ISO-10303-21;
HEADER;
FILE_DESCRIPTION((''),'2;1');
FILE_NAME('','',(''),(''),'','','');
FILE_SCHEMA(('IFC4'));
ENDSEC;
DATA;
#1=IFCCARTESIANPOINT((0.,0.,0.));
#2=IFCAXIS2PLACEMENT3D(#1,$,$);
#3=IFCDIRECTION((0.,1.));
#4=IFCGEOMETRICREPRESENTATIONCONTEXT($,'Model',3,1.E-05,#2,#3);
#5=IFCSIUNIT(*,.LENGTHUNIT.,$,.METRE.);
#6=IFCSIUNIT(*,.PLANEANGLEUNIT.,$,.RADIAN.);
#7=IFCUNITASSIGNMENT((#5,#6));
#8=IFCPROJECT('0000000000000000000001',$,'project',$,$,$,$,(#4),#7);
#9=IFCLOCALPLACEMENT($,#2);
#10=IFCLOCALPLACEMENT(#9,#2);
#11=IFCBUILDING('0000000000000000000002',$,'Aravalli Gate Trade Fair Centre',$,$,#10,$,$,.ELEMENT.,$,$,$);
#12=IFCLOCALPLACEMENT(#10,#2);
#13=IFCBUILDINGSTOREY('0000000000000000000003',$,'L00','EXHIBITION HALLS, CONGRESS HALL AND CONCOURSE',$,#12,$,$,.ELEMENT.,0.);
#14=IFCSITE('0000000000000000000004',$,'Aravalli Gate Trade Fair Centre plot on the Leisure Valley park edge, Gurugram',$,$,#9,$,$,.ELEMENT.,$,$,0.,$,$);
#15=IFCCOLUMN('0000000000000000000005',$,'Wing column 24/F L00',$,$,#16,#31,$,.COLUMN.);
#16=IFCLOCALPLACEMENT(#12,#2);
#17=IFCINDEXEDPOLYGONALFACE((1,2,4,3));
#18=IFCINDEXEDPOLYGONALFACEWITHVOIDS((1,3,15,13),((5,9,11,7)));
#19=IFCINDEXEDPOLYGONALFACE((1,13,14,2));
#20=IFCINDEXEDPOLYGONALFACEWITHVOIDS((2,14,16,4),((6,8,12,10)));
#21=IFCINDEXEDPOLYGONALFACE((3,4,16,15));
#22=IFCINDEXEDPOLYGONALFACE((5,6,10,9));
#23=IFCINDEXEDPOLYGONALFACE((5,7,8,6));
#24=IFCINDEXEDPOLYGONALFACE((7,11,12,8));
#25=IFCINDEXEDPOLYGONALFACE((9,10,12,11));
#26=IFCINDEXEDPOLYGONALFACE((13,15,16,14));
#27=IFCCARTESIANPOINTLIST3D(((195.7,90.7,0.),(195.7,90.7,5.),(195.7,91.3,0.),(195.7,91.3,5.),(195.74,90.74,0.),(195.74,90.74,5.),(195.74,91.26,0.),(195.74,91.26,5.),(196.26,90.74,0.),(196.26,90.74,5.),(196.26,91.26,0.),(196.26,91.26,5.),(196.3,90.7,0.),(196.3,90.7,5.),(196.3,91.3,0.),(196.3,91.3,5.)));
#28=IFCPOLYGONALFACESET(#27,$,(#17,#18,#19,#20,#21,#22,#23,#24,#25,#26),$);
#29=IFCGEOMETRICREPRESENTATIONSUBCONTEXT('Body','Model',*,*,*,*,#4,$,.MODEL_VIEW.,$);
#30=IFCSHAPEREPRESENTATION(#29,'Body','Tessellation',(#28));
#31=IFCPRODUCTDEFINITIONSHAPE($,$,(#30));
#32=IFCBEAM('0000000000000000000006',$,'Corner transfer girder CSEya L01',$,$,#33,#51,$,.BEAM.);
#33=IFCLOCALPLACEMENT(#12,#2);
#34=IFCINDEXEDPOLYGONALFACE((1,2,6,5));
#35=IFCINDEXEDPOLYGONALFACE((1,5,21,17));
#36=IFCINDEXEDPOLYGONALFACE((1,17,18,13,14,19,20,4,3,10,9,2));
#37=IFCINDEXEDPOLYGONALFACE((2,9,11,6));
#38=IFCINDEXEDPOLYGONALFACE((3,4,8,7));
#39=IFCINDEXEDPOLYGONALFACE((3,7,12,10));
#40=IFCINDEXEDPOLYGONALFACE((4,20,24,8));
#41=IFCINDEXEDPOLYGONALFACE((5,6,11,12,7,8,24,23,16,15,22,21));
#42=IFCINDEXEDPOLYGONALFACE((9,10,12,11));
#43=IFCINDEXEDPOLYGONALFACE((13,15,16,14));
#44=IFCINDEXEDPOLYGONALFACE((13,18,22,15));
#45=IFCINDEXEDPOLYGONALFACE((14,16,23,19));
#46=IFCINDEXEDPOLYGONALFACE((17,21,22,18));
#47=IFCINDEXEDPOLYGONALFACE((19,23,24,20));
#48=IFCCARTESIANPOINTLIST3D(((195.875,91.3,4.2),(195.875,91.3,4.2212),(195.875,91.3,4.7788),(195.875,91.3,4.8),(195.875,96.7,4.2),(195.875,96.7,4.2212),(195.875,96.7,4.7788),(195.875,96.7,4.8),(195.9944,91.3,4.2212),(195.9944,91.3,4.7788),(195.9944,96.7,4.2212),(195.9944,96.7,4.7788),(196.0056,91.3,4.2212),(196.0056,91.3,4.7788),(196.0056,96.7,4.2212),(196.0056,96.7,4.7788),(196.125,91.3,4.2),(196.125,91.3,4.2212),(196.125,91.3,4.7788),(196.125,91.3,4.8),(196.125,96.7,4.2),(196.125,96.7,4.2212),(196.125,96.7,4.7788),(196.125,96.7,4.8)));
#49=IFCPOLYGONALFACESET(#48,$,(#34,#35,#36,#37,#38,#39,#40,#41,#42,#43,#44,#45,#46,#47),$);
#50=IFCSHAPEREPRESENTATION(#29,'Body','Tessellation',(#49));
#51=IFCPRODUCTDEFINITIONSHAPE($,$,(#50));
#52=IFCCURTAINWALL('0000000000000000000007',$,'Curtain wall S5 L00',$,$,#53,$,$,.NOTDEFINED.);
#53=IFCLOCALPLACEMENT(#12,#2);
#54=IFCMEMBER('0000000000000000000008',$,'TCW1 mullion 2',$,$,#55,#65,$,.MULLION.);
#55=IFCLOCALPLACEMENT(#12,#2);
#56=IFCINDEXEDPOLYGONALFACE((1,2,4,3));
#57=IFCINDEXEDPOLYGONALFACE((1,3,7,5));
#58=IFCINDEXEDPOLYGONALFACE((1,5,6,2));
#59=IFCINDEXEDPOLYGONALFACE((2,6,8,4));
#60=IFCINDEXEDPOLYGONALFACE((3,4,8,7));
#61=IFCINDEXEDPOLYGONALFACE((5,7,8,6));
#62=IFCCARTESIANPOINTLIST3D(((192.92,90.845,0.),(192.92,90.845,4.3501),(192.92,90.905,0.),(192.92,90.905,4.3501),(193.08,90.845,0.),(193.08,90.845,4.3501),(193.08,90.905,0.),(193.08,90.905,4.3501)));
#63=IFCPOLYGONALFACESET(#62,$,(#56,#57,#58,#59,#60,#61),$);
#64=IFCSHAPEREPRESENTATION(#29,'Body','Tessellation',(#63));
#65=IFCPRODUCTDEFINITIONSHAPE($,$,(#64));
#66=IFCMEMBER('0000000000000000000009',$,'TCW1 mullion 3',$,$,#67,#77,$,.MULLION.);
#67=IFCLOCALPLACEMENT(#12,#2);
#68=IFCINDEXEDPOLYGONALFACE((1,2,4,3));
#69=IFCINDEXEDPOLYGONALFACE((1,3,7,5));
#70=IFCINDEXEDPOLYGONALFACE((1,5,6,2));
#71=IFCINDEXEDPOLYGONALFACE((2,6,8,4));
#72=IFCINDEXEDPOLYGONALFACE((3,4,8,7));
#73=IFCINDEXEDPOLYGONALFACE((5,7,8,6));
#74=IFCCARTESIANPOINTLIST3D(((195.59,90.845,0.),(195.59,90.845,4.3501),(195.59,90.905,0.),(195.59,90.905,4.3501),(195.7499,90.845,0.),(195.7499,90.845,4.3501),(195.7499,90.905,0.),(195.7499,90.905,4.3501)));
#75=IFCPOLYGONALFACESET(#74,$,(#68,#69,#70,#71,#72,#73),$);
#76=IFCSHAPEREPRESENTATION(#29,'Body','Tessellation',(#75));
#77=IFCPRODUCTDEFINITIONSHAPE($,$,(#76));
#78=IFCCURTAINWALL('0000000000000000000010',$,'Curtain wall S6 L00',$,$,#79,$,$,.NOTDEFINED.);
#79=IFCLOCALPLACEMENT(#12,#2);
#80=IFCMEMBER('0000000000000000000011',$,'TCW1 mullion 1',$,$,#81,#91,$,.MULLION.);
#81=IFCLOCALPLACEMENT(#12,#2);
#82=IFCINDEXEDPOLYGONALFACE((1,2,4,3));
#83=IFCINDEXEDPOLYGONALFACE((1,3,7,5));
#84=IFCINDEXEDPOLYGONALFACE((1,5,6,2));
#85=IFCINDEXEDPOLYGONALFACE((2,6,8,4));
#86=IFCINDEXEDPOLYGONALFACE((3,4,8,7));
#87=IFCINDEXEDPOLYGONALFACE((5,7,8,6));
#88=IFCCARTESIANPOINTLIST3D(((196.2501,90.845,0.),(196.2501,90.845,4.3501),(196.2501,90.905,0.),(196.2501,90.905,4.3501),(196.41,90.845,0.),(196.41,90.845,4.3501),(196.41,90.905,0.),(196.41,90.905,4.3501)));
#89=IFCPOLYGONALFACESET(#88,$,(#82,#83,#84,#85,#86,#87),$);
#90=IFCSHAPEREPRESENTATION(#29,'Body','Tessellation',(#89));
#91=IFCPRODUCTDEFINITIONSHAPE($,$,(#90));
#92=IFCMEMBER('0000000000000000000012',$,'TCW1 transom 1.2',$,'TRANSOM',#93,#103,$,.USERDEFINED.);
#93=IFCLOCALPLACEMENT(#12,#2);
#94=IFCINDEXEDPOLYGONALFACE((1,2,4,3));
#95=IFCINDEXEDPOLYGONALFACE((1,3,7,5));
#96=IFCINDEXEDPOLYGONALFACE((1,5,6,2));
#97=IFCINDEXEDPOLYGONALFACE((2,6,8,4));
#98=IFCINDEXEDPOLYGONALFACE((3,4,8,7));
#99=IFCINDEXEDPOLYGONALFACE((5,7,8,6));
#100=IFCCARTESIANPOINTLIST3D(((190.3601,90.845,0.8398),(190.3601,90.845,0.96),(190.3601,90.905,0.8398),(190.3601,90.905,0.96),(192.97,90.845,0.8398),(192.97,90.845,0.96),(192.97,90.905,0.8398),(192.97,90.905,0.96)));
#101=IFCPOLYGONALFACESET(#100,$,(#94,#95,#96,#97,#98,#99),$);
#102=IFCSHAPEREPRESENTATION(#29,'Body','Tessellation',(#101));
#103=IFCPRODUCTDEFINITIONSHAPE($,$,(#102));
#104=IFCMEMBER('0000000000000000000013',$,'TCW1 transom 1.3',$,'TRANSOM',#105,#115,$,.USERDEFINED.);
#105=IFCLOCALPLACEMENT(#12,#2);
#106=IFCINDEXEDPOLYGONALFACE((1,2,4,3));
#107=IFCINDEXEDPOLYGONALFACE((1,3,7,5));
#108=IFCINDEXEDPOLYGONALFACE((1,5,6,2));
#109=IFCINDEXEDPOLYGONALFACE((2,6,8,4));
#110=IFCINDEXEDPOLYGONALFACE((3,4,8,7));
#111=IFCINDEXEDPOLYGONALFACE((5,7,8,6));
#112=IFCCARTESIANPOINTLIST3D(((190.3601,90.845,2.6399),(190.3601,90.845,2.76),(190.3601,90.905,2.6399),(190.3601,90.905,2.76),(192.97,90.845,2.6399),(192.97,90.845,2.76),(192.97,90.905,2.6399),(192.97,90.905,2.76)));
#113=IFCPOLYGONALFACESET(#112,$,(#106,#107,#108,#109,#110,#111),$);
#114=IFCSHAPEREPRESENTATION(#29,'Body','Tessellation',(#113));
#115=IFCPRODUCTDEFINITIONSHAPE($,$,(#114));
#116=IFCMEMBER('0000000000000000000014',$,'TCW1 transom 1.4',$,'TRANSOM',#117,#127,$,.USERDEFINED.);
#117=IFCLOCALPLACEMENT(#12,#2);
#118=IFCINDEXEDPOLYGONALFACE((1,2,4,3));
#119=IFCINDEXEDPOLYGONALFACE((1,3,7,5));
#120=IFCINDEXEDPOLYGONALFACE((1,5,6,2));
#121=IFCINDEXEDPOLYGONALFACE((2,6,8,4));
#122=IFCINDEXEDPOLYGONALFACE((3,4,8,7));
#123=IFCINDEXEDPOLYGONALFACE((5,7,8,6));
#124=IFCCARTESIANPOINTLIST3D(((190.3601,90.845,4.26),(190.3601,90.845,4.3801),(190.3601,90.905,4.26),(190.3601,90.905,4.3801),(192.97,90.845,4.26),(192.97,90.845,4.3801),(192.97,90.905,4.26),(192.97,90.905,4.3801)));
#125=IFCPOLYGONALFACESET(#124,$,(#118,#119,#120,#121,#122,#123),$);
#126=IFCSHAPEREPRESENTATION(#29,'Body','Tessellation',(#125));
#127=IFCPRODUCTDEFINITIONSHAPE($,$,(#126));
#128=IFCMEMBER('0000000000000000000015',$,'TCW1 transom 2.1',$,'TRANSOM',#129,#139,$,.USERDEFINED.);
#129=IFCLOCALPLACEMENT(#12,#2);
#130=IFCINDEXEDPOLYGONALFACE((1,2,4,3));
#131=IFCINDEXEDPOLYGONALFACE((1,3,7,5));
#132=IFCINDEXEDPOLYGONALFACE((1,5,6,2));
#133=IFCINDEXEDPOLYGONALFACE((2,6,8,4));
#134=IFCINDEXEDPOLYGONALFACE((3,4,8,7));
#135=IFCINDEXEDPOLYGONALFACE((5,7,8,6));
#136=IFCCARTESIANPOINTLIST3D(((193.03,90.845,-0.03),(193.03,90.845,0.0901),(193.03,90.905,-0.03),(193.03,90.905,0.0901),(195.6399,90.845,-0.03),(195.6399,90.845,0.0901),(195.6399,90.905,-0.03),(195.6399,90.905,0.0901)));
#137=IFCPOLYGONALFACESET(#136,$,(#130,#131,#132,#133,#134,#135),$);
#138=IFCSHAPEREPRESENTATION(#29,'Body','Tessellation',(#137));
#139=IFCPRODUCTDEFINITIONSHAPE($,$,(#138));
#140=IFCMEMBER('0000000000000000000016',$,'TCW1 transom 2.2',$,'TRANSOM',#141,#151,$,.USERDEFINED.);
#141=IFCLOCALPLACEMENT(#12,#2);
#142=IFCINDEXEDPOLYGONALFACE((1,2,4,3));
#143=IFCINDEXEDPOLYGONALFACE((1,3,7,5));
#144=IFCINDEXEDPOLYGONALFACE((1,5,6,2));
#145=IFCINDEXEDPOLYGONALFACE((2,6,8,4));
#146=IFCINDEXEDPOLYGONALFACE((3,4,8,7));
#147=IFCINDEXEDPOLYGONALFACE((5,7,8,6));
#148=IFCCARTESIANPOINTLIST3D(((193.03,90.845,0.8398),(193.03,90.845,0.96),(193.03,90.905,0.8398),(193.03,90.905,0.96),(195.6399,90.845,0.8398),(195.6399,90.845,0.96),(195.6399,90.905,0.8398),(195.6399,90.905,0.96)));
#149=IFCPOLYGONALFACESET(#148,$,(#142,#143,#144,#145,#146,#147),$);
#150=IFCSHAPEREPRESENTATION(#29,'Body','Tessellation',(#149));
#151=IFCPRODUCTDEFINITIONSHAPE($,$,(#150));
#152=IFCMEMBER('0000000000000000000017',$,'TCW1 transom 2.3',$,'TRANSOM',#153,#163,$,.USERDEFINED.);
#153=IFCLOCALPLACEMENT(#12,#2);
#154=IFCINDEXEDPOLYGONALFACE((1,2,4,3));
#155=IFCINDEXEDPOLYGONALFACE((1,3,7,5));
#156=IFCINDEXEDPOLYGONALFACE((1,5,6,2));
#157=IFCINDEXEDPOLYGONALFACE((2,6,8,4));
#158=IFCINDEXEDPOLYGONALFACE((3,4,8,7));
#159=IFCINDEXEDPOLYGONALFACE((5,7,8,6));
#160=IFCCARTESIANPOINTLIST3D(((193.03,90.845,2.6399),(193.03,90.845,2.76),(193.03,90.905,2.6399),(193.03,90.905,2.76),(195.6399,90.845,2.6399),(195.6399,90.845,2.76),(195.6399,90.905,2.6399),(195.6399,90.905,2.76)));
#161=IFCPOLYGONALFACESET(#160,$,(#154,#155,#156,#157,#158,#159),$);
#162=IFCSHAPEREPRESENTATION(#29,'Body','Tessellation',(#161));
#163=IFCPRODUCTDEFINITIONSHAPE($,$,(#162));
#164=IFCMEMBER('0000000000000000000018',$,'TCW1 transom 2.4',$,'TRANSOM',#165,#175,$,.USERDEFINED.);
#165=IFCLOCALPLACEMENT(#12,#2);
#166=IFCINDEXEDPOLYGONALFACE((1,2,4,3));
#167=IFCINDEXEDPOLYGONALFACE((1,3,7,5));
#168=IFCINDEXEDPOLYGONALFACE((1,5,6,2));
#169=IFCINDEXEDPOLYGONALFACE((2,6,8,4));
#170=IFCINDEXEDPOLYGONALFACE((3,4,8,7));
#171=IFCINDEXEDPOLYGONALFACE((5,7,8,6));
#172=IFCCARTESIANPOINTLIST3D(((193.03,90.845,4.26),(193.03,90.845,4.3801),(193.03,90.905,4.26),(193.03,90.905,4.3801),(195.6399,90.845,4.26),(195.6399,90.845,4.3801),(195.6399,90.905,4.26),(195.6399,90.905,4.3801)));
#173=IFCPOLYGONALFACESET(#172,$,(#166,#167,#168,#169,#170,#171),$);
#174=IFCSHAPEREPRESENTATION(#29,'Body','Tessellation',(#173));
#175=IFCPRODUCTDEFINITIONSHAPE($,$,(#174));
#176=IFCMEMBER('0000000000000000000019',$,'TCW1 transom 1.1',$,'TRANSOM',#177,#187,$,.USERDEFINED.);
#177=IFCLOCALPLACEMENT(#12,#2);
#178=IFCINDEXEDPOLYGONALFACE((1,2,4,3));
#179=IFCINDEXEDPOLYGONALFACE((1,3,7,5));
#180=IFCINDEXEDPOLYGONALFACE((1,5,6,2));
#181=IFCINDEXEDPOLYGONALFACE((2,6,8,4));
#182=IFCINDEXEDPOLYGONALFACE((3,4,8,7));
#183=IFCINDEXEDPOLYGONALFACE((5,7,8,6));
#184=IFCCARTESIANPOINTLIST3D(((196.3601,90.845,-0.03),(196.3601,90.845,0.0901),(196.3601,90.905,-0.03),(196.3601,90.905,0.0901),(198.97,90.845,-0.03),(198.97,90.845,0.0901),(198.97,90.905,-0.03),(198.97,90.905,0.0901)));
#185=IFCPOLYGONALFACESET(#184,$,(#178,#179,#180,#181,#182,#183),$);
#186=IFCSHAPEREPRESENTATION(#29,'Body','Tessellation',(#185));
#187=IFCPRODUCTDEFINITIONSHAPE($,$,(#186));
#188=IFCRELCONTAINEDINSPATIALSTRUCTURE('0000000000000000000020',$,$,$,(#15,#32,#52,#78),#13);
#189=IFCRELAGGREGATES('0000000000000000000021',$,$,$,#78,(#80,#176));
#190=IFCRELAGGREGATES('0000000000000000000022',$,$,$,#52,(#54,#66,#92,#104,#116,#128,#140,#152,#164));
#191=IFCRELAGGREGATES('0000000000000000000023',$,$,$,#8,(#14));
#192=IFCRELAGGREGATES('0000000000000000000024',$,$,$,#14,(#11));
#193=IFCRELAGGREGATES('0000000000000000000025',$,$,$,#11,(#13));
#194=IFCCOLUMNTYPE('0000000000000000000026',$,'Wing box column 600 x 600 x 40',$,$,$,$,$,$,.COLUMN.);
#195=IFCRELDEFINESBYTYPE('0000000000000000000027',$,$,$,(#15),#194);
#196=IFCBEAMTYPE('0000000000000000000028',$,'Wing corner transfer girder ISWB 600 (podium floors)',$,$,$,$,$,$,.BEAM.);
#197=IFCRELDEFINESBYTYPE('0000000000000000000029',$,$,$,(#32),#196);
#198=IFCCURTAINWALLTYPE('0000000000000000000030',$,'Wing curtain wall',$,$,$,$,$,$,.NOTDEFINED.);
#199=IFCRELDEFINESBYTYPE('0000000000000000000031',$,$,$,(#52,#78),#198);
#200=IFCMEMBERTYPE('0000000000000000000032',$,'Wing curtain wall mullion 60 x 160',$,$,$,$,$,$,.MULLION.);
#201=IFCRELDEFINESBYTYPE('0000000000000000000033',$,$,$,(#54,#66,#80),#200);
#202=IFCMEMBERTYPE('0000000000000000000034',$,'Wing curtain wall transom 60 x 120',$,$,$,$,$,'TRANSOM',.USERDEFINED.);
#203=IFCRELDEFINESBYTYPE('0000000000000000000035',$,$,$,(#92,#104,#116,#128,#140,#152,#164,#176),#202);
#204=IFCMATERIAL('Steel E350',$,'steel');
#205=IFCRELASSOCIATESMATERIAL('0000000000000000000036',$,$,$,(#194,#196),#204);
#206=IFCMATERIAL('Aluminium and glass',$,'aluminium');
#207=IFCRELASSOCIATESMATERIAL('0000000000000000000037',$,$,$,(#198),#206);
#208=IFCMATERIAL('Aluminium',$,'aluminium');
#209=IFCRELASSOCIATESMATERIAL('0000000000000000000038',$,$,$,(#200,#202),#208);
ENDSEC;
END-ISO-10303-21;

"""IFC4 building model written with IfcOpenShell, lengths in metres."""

from ifc_helpers import new_model, si_unit, direction, frame, origin, origin_2d, place, context, subcontext, project, spatial, rectangle, hollow_rectangle, i_section, extrude, material, material_profile, profile_set, type_object, element, aggregate, save


model = new_model("IFC4")

# Units and contexts
model_context = context("Model", 3, precision=1e-05, world=origin(), true_north=direction((0.0, 1.0)))
body_context = subcontext(model_context, "Body", "Model", "MODEL_VIEW")
ifc_project = project(units=[si_unit("LENGTHUNIT", "METRE"), si_unit("PLANEANGLEUNIT", "RADIAN")], contexts=[model_context])

# Site, building, storey
site_placement = place(None, origin())
site = spatial("IfcSite", under=ifc_project, at=site_placement, Name="Aravalli Gate Trade Fair Centre plot on the Leisure Valley park edge, Gurugram", CompositionType="ELEMENT", RefElevation=0.0)
building_placement = place(site_placement, origin())
building = spatial("IfcBuilding", under=site, at=building_placement, Name="Aravalli Gate Trade Fair Centre", CompositionType="ELEMENT")
storey_placement = place(building_placement, origin())
storey = spatial("IfcBuildingStorey", under=building, at=storey_placement, Name="L00", Description="EXHIBITION HALLS, CONGRESS HALL AND CONCOURSE", CompositionType="ELEMENT", Elevation=0.0)

# Column
ifc_material_1 = material(Name="Steel E350", Category="steel")
ifc_material_profile_1 = material_profile(ifc_material_1, hollow_rectangle(XDim=0.6001, YDim=0.6001, WallThickness=0.04, at=origin_2d()), Name="BOX 600x600x40")
ifc_profile_set_1 = profile_set([ifc_material_profile_1], Name="Steel E350")
column_type = type_object("IfcColumnType", Name="Wing box column 600 x 600 x 40", PredefinedType="COLUMN", material=ifc_profile_set_1)
column_placement = place(storey_placement, frame((196.0, 91.0, 0.0), z_axis=(0.0, 0.0, 1.0), x_axis=(1.0, 0.0, 0.0)))
element("IfcColumn", 1, at=column_placement, inside=storey, type_object=column_type, Name="Wing column 24/F L00", PredefinedType="COLUMN", context=body_context, shape_type="SweptSolid", body=[
    extrude(hollow_rectangle(XDim=0.6001, YDim=0.6001, WallThickness=0.04, at=origin_2d()), origin(), (0.0, 0.0, 1.0), 5.0),
])

# Beam
ifc_material_profile_2 = material_profile(ifc_material_1, i_section(OverallWidth=0.25, OverallDepth=0.6001, WebThickness=0.0112, FlangeThickness=0.0212, at=origin_2d()), Name="ISWB 600")
ifc_profile_set_2 = profile_set([ifc_material_profile_2], Name="Steel E350")
beam_type_1 = type_object("IfcBeamType", Name="Wing corner transfer girder ISWB 600 (podium floors)", PredefinedType="BEAM", material=ifc_profile_set_2)
beam_1_placement = place(storey_placement, frame((196.0, 91.3, 4.5), z_axis=(0.0, 1.0, 0.0), x_axis=(-1.0, 0.0, 0.0)))
element("IfcBeam", 2, at=beam_1_placement, inside=storey, type_object=beam_type_1, Name="Corner transfer girder CSEya L01", PredefinedType="BEAM", context=body_context, shape_type="SweptSolid", body=[
    extrude(i_section(OverallWidth=0.25, OverallDepth=0.6001, WebThickness=0.0112, FlangeThickness=0.0212, at=origin_2d()), origin(), (0.0, 0.0, 1.0), 5.3999),
])

# Curtain wall, members
ifc_material_2 = material(Name="Aluminium and glass", Category="aluminium")
curtain_wall_type = type_object("IfcCurtainWallType", Name="Wing curtain wall", PredefinedType="NOTDEFINED", material=ifc_material_2)
curtain_wall_1_placement = place(storey_placement, origin())
curtain_wall_1 = element("IfcCurtainWall", 3, at=curtain_wall_1_placement, inside=storey, type_object=curtain_wall_type, Name="Curtain wall S5 L00", PredefinedType="NOTDEFINED")
ifc_material_3 = material(Name="Aluminium", Category="aluminium")
ifc_material_profile_3 = material_profile(ifc_material_3, rectangle(XDim=0.0601, YDim=0.1599, at=origin_2d()), Name="Wing curtain wall mullion 60 x 160")
ifc_profile_set_3 = profile_set([ifc_material_profile_3], Name="Aluminium")
member_type_1 = type_object("IfcMemberType", Name="Wing curtain wall mullion 60 x 160", PredefinedType="MULLION", material=ifc_profile_set_3)
member_1_placement = place(storey_placement, frame((193.0, 90.875, 0.0), z_axis=(0.0, 0.0, 1.0), x_axis=(0.0, 1.0, 0.0)))
member_1 = element("IfcMember", 4, at=member_1_placement, type_object=member_type_1, Name="TCW1 mullion 2", PredefinedType="MULLION", context=body_context, shape_type="SweptSolid", body=[
    extrude(rectangle(XDim=0.0601, YDim=0.1599, at=origin_2d()), origin(), (0.0, 0.0, 1.0), 4.3501),
])
member_2_placement = place(storey_placement, frame((195.6699, 90.875, 0.0), z_axis=(0.0, 0.0, 1.0), x_axis=(0.0, 1.0, 0.0)))
member_2 = element("IfcMember", 5, at=member_2_placement, type_object=member_type_1, Name="TCW1 mullion 3", PredefinedType="MULLION", context=body_context, shape_type="SweptSolid", body=[
    extrude(rectangle(XDim=0.0601, YDim=0.1599, at=origin_2d()), origin(), (0.0, 0.0, 1.0), 4.3501),
])

# Curtain wall, member
curtain_wall_2_placement = place(storey_placement, origin())
curtain_wall_2 = element("IfcCurtainWall", 6, at=curtain_wall_2_placement, inside=storey, type_object=curtain_wall_type, Name="Curtain wall S6 L00", PredefinedType="NOTDEFINED")
member_3_placement = place(storey_placement, frame((196.3301, 90.875, 0.0), z_axis=(0.0, 0.0, 1.0), x_axis=(0.0, 1.0, 0.0)))
member_3 = element("IfcMember", 7, at=member_3_placement, type_object=member_type_1, Name="TCW1 mullion 1", PredefinedType="MULLION", context=body_context, shape_type="SweptSolid", body=[
    extrude(rectangle(XDim=0.0601, YDim=0.1599, at=origin_2d()), origin(), (0.0, 0.0, 1.0), 4.3501),
])

# Members
ifc_material_profile_4 = material_profile(ifc_material_3, rectangle(XDim=0.0601, YDim=0.1201, at=origin_2d()), Name="Wing curtain wall transom 60 x 120")
ifc_profile_set_4 = profile_set([ifc_material_profile_4], Name="Aluminium")
member_type_2 = type_object("IfcMemberType", Name="Wing curtain wall transom 60 x 120", ElementType="TRANSOM", PredefinedType="USERDEFINED", material=ifc_profile_set_4)
member_4_placement = place(storey_placement, frame((190.3601, 90.875, 0.8999), z_axis=(1.0, 0.0, 0.0), x_axis=(0.0, 1.0, 0.0)))
member_4 = element("IfcMember", 8, at=member_4_placement, type_object=member_type_2, Name="TCW1 transom 1.2", ObjectType="TRANSOM", PredefinedType="USERDEFINED", context=body_context, shape_type="SweptSolid", body=[
    extrude(rectangle(XDim=0.0601, YDim=0.1201, at=origin_2d()), origin(), (0.0, 0.0, 1.0), 2.6099),
])
member_5_placement = place(storey_placement, frame((190.3601, 90.875, 2.7), z_axis=(1.0, 0.0, 0.0), x_axis=(0.0, 1.0, 0.0)))
member_5 = element("IfcMember", 9, at=member_5_placement, type_object=member_type_2, Name="TCW1 transom 1.3", ObjectType="TRANSOM", PredefinedType="USERDEFINED", context=body_context, shape_type="SweptSolid", body=[
    extrude(rectangle(XDim=0.0601, YDim=0.1201, at=origin_2d()), origin(), (0.0, 0.0, 1.0), 2.6099),
])
member_6_placement = place(storey_placement, frame((190.3601, 90.875, 4.3201), z_axis=(1.0, 0.0, 0.0), x_axis=(0.0, 1.0, 0.0)))
member_6 = element("IfcMember", 10, at=member_6_placement, type_object=member_type_2, Name="TCW1 transom 1.4", ObjectType="TRANSOM", PredefinedType="USERDEFINED", context=body_context, shape_type="SweptSolid", body=[
    extrude(rectangle(XDim=0.0601, YDim=0.1201, at=origin_2d()), origin(), (0.0, 0.0, 1.0), 2.6099),
])
member_7_placement = place(storey_placement, frame((193.03, 90.875, 0.03), z_axis=(1.0, 0.0, 0.0), x_axis=(0.0, 1.0, 0.0)))
member_7 = element("IfcMember", 11, at=member_7_placement, type_object=member_type_2, Name="TCW1 transom 2.1", ObjectType="TRANSOM", PredefinedType="USERDEFINED", context=body_context, shape_type="SweptSolid", body=[
    extrude(rectangle(XDim=0.0601, YDim=0.1201, at=origin_2d()), origin(), (0.0, 0.0, 1.0), 2.6099),
])
member_8_placement = place(storey_placement, frame((193.03, 90.875, 0.8999), z_axis=(1.0, 0.0, 0.0), x_axis=(0.0, 1.0, 0.0)))
member_8 = element("IfcMember", 12, at=member_8_placement, type_object=member_type_2, Name="TCW1 transom 2.2", ObjectType="TRANSOM", PredefinedType="USERDEFINED", context=body_context, shape_type="SweptSolid", body=[
    extrude(rectangle(XDim=0.0601, YDim=0.1201, at=origin_2d()), origin(), (0.0, 0.0, 1.0), 2.6099),
])
member_9_placement = place(storey_placement, frame((193.03, 90.875, 2.7), z_axis=(1.0, 0.0, 0.0), x_axis=(0.0, 1.0, 0.0)))
member_9 = element("IfcMember", 13, at=member_9_placement, type_object=member_type_2, Name="TCW1 transom 2.3", ObjectType="TRANSOM", PredefinedType="USERDEFINED", context=body_context, shape_type="SweptSolid", body=[
    extrude(rectangle(XDim=0.0601, YDim=0.1201, at=origin_2d()), origin(), (0.0, 0.0, 1.0), 2.6099),
])
member_10_placement = place(storey_placement, frame((193.03, 90.875, 4.3201), z_axis=(1.0, 0.0, 0.0), x_axis=(0.0, 1.0, 0.0)))
member_10 = element("IfcMember", 14, at=member_10_placement, type_object=member_type_2, Name="TCW1 transom 2.4", ObjectType="TRANSOM", PredefinedType="USERDEFINED", context=body_context, shape_type="SweptSolid", body=[
    extrude(rectangle(XDim=0.0601, YDim=0.1201, at=origin_2d()), origin(), (0.0, 0.0, 1.0), 2.6099),
])
member_11_placement = place(storey_placement, frame((196.3601, 90.875, 0.03), z_axis=(1.0, 0.0, 0.0), x_axis=(0.0, 1.0, 0.0)))
member_11 = element("IfcMember", 15, at=member_11_placement, type_object=member_type_2, Name="TCW1 transom 1.1", ObjectType="TRANSOM", PredefinedType="USERDEFINED", context=body_context, shape_type="SweptSolid", body=[
    extrude(rectangle(XDim=0.0601, YDim=0.1201, at=origin_2d()), origin(), (0.0, 0.0, 1.0), 2.6099),
])
aggregate(curtain_wall_2, [member_3, member_11])

aggregate(curtain_wall_1, [member_1, member_2, member_4, member_5, member_6, member_7, member_8, member_9, member_10])

save(model, "model.ifc")
